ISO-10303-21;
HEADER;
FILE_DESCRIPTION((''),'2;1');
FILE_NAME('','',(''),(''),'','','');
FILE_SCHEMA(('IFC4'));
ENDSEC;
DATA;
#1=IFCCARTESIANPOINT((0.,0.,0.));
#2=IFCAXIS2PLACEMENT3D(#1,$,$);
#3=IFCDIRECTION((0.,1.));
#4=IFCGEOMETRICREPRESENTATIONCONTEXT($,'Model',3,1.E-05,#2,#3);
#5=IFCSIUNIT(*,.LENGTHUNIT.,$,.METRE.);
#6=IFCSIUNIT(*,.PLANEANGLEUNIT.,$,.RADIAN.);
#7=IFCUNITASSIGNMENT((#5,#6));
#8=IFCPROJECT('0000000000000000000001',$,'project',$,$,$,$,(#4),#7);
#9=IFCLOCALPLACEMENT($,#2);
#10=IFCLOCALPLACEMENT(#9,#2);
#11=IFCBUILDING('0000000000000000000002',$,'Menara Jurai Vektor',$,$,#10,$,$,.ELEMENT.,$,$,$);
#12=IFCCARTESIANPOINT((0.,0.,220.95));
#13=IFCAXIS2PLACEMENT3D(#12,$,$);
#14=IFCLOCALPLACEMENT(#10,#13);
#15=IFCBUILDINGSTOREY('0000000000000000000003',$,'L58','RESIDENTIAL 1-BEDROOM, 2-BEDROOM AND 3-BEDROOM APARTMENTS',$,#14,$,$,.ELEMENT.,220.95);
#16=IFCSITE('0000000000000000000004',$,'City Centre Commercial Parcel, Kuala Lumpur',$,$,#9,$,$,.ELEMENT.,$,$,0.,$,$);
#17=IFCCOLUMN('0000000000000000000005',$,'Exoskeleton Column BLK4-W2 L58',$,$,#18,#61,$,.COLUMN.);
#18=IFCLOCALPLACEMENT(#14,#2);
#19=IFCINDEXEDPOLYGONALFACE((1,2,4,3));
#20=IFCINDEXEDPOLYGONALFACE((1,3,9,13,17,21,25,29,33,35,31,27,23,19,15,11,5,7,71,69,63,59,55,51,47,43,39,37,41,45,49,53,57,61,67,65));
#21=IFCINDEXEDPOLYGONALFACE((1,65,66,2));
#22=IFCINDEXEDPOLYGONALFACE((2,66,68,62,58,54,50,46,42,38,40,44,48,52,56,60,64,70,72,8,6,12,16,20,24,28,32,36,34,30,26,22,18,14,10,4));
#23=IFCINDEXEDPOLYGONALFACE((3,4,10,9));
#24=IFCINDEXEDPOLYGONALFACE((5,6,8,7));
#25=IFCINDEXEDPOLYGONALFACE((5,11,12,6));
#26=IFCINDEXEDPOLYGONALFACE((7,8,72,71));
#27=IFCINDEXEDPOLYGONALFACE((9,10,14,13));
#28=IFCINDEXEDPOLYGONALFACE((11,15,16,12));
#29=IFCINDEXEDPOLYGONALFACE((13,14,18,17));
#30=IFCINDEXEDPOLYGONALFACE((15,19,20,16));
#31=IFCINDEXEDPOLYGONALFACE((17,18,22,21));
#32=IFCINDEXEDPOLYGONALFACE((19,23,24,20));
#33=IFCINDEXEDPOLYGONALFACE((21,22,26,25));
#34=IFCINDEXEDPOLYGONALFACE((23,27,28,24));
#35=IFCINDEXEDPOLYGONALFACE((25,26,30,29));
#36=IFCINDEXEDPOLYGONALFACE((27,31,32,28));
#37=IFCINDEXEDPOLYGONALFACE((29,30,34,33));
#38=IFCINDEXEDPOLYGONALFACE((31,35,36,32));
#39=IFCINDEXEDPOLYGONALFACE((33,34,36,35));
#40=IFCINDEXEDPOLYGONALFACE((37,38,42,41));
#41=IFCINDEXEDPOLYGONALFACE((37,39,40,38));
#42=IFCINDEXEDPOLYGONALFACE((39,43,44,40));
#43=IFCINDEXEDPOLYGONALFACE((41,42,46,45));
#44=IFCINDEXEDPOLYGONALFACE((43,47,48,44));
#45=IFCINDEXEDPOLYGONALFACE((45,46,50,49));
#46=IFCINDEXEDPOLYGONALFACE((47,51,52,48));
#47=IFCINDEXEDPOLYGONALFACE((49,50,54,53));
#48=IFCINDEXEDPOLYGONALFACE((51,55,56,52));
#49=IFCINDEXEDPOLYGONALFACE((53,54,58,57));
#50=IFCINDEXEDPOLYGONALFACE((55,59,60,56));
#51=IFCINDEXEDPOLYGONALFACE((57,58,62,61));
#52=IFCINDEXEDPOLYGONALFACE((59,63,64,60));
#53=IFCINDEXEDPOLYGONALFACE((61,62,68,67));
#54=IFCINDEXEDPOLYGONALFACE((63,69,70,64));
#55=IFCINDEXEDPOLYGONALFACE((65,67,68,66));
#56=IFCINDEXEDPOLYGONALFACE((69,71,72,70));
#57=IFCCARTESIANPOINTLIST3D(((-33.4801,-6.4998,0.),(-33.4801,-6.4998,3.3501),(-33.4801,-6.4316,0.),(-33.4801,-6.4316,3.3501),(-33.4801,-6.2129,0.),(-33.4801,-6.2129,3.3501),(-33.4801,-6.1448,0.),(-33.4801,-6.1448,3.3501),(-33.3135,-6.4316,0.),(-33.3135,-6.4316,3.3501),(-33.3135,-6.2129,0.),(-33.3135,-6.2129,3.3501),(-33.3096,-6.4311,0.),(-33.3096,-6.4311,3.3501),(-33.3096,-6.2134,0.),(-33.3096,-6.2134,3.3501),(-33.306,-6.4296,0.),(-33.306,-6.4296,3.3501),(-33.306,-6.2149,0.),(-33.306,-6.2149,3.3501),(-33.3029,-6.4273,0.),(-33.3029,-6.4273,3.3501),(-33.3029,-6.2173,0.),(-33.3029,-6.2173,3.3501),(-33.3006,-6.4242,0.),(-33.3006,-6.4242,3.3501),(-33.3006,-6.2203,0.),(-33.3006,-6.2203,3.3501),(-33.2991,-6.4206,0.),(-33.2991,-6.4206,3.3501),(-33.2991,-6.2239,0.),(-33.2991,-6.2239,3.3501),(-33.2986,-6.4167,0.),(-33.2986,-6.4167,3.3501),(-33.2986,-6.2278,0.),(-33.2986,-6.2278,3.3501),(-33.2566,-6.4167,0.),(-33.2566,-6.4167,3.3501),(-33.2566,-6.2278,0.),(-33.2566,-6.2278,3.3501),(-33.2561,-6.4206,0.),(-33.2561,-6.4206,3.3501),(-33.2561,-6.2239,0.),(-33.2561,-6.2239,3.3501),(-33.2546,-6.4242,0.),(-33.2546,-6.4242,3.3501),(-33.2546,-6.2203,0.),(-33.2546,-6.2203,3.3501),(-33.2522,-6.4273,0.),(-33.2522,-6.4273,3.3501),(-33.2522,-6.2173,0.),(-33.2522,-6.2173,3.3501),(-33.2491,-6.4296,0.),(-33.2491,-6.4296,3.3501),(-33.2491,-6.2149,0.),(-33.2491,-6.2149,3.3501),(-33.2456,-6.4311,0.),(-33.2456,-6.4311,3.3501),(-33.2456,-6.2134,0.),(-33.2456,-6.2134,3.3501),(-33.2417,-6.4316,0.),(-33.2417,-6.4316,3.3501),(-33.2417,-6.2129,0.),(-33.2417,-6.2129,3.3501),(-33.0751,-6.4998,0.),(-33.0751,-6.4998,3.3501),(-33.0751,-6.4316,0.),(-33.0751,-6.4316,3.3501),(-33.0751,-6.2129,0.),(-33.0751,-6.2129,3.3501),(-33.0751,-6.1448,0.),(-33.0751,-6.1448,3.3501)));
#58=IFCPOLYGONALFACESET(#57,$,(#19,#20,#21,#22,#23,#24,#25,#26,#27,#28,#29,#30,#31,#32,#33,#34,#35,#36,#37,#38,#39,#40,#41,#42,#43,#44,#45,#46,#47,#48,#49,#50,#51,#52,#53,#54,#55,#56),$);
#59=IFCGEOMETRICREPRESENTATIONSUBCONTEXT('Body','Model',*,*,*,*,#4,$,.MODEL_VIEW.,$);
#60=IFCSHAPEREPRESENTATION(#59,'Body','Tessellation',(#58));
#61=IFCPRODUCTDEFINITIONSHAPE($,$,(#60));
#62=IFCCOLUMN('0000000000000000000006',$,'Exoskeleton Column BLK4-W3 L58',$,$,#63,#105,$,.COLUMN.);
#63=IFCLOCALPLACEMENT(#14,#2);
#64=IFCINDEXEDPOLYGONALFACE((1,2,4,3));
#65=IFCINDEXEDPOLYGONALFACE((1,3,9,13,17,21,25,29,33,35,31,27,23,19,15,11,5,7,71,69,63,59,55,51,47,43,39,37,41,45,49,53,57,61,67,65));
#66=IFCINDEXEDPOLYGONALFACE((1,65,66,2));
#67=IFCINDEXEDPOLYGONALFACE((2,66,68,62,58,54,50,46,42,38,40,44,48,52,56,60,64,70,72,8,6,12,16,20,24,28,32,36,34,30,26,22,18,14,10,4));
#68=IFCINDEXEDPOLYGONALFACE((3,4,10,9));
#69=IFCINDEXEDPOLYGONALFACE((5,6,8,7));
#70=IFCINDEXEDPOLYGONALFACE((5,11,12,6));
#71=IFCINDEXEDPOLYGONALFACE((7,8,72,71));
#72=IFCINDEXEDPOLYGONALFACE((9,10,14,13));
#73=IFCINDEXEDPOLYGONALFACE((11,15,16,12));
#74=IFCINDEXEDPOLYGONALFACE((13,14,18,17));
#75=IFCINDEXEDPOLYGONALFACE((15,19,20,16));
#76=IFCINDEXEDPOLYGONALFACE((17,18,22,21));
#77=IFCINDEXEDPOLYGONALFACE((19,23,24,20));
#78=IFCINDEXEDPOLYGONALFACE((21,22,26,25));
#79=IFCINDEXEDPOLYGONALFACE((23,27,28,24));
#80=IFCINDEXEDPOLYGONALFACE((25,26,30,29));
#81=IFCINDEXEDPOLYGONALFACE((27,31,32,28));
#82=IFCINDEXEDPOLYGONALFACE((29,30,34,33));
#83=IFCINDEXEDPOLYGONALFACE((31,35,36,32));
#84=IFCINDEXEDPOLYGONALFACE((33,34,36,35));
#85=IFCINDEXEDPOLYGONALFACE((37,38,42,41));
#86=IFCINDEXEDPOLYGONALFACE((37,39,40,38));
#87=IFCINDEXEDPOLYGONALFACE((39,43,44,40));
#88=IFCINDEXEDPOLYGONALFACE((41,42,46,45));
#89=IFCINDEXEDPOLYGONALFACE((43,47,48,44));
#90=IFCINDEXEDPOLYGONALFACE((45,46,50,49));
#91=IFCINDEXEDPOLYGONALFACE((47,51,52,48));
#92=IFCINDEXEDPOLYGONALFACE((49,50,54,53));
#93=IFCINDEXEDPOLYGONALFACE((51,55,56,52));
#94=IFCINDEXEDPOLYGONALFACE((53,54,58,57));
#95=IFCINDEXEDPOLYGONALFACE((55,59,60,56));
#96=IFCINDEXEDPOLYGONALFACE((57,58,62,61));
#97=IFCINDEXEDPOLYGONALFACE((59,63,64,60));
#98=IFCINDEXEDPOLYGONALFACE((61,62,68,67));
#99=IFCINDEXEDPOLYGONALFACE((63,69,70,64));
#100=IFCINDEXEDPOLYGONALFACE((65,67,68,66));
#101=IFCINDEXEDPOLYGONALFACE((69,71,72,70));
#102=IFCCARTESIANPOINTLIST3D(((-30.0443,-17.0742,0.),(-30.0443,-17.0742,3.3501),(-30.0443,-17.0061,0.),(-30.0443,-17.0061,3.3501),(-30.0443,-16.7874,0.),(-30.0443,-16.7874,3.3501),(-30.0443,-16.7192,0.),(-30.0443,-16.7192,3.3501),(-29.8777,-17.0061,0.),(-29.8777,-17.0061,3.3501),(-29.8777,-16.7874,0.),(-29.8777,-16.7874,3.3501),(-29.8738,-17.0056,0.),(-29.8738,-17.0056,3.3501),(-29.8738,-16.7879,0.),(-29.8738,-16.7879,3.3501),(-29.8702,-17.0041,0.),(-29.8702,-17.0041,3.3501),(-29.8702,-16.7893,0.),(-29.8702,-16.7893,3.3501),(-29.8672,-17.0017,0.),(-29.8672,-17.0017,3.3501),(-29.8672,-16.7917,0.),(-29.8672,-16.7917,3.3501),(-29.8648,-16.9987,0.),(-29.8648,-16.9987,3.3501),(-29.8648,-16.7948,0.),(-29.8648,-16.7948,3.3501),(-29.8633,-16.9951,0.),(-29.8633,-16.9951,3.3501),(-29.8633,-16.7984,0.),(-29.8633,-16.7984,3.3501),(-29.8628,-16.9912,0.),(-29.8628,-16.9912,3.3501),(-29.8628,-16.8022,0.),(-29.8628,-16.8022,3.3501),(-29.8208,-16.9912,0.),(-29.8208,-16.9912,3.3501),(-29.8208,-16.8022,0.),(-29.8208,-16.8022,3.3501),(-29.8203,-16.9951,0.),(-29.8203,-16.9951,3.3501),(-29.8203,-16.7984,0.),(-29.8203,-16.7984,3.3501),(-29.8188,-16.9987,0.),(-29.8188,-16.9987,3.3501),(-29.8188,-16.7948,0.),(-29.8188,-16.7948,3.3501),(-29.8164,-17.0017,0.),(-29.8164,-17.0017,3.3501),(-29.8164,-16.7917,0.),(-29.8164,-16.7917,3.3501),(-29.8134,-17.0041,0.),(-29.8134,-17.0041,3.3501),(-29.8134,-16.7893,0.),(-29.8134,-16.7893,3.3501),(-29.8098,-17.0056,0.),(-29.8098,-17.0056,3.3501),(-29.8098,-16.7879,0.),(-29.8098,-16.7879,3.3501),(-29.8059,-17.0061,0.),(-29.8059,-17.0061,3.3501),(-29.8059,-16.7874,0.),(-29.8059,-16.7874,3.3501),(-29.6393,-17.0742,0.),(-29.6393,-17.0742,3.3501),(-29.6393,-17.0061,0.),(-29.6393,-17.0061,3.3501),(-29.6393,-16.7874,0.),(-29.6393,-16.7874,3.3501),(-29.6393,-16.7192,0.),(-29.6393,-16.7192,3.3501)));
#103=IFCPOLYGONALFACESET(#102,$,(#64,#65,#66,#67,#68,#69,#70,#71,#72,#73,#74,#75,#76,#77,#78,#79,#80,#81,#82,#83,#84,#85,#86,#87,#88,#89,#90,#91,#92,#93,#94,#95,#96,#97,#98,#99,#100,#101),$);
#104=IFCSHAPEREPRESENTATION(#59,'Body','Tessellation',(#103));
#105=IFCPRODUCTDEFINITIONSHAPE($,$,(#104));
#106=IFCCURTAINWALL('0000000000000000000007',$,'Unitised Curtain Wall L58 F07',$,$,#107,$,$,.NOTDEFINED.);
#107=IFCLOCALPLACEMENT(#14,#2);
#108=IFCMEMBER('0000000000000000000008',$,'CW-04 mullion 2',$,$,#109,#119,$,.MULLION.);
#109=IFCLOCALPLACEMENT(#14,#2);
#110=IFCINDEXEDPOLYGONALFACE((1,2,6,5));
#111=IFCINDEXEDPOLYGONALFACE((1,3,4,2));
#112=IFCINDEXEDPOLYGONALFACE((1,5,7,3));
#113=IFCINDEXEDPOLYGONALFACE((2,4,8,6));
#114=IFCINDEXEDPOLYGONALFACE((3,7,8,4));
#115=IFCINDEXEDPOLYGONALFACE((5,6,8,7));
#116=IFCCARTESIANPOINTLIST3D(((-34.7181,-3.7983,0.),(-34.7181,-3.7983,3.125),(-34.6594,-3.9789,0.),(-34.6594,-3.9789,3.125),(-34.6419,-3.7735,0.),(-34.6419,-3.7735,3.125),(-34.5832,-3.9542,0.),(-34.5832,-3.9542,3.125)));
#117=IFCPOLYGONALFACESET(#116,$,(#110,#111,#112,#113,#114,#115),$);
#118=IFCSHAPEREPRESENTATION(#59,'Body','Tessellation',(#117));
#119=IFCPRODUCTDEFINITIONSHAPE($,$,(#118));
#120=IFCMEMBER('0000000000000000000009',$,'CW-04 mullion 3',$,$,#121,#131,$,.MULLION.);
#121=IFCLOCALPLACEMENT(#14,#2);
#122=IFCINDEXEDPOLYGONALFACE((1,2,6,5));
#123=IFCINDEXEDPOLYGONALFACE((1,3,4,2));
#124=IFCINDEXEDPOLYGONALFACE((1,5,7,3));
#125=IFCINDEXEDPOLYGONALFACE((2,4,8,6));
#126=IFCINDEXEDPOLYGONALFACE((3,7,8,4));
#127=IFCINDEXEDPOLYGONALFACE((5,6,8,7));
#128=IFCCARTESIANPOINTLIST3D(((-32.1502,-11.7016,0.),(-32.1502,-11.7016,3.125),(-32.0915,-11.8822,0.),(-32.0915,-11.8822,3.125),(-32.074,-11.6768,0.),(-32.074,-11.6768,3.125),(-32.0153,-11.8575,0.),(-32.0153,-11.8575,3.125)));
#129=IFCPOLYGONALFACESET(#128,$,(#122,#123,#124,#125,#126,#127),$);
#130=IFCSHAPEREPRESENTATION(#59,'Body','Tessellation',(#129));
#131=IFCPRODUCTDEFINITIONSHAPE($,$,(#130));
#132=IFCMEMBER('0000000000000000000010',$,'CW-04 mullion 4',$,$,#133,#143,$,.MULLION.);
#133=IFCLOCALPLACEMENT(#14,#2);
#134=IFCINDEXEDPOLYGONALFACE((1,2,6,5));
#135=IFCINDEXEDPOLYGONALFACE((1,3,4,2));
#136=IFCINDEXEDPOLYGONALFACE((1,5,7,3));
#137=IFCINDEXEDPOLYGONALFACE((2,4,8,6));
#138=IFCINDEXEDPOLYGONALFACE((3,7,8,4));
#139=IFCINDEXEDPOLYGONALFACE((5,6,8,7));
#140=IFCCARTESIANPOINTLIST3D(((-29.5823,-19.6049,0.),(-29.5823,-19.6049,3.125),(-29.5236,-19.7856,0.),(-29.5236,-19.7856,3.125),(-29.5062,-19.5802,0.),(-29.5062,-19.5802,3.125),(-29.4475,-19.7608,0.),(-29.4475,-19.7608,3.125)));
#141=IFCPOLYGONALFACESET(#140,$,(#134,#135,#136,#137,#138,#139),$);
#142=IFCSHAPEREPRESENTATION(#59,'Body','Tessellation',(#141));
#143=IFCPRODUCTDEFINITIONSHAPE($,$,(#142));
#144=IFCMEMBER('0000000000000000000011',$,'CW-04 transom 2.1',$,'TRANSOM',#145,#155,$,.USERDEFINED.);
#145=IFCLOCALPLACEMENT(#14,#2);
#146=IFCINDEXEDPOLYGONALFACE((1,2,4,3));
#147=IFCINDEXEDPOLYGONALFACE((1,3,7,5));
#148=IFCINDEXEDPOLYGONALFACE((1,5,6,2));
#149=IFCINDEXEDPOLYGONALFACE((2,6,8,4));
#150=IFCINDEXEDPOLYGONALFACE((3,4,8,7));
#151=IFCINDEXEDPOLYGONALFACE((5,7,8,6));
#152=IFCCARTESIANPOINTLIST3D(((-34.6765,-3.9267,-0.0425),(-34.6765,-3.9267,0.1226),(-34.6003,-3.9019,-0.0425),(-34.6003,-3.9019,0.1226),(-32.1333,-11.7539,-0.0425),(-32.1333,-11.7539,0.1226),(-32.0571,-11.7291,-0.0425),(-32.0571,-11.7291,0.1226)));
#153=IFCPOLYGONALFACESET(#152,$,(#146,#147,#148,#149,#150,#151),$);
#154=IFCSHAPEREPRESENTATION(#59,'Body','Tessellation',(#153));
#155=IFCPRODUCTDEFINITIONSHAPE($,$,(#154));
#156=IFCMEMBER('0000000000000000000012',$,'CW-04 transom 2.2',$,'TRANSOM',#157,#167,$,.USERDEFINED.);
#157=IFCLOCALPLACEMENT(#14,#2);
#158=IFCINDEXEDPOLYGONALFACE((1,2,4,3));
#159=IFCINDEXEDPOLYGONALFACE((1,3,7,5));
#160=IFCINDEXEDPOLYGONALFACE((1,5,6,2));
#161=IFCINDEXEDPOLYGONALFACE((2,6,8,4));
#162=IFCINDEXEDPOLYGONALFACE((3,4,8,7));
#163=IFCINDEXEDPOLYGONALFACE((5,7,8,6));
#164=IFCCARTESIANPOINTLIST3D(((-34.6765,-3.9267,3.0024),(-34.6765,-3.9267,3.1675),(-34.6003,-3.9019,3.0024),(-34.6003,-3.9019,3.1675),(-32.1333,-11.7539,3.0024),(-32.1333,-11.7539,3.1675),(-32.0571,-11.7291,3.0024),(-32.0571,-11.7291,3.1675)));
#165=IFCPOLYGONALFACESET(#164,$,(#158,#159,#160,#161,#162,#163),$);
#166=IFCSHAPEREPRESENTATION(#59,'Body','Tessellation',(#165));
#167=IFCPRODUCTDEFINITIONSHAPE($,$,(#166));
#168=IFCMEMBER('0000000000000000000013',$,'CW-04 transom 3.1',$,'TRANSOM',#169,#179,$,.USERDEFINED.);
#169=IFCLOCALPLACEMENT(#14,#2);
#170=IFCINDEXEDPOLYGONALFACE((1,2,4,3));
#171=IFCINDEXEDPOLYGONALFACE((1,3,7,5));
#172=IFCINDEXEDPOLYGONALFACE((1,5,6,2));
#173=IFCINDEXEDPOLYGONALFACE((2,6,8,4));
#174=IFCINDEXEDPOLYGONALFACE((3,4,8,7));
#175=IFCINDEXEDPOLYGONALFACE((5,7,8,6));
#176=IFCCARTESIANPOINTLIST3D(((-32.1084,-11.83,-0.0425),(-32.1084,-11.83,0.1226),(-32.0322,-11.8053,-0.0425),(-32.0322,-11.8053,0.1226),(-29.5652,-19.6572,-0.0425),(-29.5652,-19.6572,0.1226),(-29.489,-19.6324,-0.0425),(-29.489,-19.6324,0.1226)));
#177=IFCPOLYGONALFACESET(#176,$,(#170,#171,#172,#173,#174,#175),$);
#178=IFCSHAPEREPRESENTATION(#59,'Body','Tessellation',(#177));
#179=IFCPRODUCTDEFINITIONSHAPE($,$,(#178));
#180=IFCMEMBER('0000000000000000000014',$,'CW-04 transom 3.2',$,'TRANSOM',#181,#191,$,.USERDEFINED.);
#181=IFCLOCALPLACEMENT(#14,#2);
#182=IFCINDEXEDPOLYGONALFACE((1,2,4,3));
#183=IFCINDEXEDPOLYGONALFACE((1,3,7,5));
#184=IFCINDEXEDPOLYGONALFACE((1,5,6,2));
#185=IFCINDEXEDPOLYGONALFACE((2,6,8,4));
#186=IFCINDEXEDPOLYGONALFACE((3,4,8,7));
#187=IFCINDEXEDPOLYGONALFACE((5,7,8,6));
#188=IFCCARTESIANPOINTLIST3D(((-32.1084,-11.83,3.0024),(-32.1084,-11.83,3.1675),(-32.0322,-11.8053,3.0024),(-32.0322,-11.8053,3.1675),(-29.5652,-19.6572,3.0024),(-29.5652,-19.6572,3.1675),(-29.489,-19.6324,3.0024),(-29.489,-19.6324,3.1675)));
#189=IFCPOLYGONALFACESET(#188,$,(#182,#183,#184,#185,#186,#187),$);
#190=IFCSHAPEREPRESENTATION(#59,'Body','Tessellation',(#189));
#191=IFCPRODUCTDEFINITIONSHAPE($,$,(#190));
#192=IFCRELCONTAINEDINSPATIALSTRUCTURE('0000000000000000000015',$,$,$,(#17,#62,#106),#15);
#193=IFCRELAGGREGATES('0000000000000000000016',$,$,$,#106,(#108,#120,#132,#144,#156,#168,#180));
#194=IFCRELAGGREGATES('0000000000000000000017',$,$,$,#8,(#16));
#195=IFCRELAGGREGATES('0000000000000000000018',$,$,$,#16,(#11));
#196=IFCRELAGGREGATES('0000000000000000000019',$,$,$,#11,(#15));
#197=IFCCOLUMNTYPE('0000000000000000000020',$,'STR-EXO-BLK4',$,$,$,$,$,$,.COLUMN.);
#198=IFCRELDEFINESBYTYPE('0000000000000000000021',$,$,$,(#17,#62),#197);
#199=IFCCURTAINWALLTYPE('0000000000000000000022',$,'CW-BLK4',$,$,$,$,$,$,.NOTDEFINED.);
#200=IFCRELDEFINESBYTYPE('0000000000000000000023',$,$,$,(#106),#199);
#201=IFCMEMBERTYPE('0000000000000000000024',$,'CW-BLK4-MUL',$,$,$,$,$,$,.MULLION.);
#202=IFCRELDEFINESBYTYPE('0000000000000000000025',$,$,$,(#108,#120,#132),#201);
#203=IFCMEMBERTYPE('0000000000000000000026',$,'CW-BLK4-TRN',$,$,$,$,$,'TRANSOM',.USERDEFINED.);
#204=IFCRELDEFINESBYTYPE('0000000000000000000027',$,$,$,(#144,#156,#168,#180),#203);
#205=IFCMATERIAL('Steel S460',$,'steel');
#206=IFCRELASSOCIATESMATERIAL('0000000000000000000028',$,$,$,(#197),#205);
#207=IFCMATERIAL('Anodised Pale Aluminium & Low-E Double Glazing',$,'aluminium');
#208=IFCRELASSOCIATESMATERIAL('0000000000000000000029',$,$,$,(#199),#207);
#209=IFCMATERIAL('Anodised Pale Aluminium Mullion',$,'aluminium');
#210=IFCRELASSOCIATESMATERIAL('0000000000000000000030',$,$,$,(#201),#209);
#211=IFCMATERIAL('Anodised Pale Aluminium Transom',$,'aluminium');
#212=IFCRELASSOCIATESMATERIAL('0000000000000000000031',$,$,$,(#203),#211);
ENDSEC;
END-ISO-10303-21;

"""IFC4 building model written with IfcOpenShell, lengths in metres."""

from ifc_helpers import new_model, si_unit, direction, frame, origin, origin_2d, place, context, subcontext, project, spatial, rectangle, i_section, extrude, material, material_profile, profile_set, type_object, element, aggregate, save


model = new_model("IFC4")

# Units and contexts
model_context = context("Model", 3, precision=1e-05, world=origin(), true_north=direction((0.0, 1.0)))
body_context = subcontext(model_context, "Body", "Model", "MODEL_VIEW")
ifc_project = project(units=[si_unit("LENGTHUNIT", "METRE"), si_unit("PLANEANGLEUNIT", "RADIAN")], contexts=[model_context])

# Site, building, storey
site_placement = place(None, origin())
site = spatial("IfcSite", under=ifc_project, at=site_placement, Name="City Centre Commercial Parcel, Kuala Lumpur", CompositionType="ELEMENT", RefElevation=0.0)
building_placement = place(site_placement, origin())
building = spatial("IfcBuilding", under=site, at=building_placement, Name="Menara Jurai Vektor", CompositionType="ELEMENT")
storey_placement = place(building_placement, frame((0.0, 0.0, 220.95)))
storey = spatial("IfcBuildingStorey", under=building, at=storey_placement, Name="L58", Description="RESIDENTIAL 1-BEDROOM, 2-BEDROOM AND 3-BEDROOM APARTMENTS", CompositionType="ELEMENT", Elevation=220.95)

# Columns
ifc_material_1 = material(Name="Steel S460", Category="steel")
ifc_material_profile_1 = material_profile(ifc_material_1, i_section(OverallWidth=0.405, OverallDepth=0.355, WebThickness=0.042, FlangeThickness=0.0681, FilletRadius=0.0149, at=origin_2d()), Name="HD 400x551")
ifc_profile_set_1 = profile_set([ifc_material_profile_1], Name="Steel S460")
column_type = type_object("IfcColumnType", Name="STR-EXO-BLK4", PredefinedType="COLUMN", material=ifc_profile_set_1)
for number, where, z_axis, x_axis, name in (
    (1, (-33.2776, -6.3223, 0.0), (0.0, 0.0, 1.0), (1.0, 0.0, 0.0), "Exoskeleton Column BLK4-W2 L58"),
    (2, (-29.8418, -16.8967, 0.0), (0.0, 0.0, 1.0), (1.0, 0.0, 0.0), "Exoskeleton Column BLK4-W3 L58"),
):
    element("IfcColumn", number, at=place(storey_placement, frame(where, z_axis=z_axis, x_axis=x_axis)), inside=storey, type_object=column_type, Name=name, PredefinedType="COLUMN", context=body_context, shape_type="SweptSolid", body=[
        extrude(i_section(OverallWidth=0.405, OverallDepth=0.355, WebThickness=0.042, FlangeThickness=0.0681, FilletRadius=0.0149, at=origin_2d()), origin(), (0.0, 0.0, 1.0), 3.3501),
    ])

# Curtain wall, members
ifc_material_2 = material(Name="Anodised Pale Aluminium & Low-E Double Glazing", Category="aluminium")
curtain_wall_type = type_object("IfcCurtainWallType", Name="CW-BLK4", PredefinedType="NOTDEFINED", material=ifc_material_2)
curtain_wall_placement = place(storey_placement, origin())
curtain_wall = element("IfcCurtainWall", 3, at=curtain_wall_placement, inside=storey, type_object=curtain_wall_type, Name="Unitised Curtain Wall L58 F07", PredefinedType="NOTDEFINED")
ifc_material_3 = material(Name="Anodised Pale Aluminium Mullion", Category="aluminium")
ifc_material_profile_2 = material_profile(ifc_material_3, rectangle(XDim=0.0801, YDim=0.1899, at=origin_2d()), Name="ALU MUL 80x190")
ifc_profile_set_2 = profile_set([ifc_material_profile_2], Name="Anodised Pale Aluminium Mullion")
member_type_1 = type_object("IfcMemberType", Name="CW-BLK4-MUL", PredefinedType="MULLION", material=ifc_profile_set_2)
member_1_placement = place(storey_placement, frame((-34.6506, -3.8762, 0.0), z_axis=(0.0, 0.0, 1.0), x_axis=(0.951057, 0.309016, 0.0)))
member_1 = element("IfcMember", 4, at=member_1_placement, type_object=member_type_1, Name="CW-04 mullion 2", PredefinedType="MULLION", context=body_context, shape_type="SweptSolid", body=[
    extrude(rectangle(XDim=0.0801, YDim=0.1899, at=origin_2d()), origin(), (0.0, 0.0, 1.0), 3.125),
])
member_2_placement = place(storey_placement, frame((-32.0828, -11.7795, 0.0), z_axis=(0.0, 0.0, 1.0), x_axis=(0.951057, 0.309016, 0.0)))
member_2 = element("IfcMember", 5, at=member_2_placement, type_object=member_type_1, Name="CW-04 mullion 3", PredefinedType="MULLION", context=body_context, shape_type="SweptSolid", body=[
    extrude(rectangle(XDim=0.0801, YDim=0.1899, at=origin_2d()), origin(), (0.0, 0.0, 1.0), 3.125),
])
member_3_placement = place(storey_placement, frame((-29.5149, -19.6829, 0.0), z_axis=(0.0, 0.0, 1.0), x_axis=(0.951057, 0.309016, 0.0)))
member_3 = element("IfcMember", 6, at=member_3_placement, type_object=member_type_1, Name="CW-04 mullion 4", PredefinedType="MULLION", context=body_context, shape_type="SweptSolid", body=[
    extrude(rectangle(XDim=0.0801, YDim=0.1899, at=origin_2d()), origin(), (0.0, 0.0, 1.0), 3.125),
])
ifc_material_4 = material(Name="Anodised Pale Aluminium Transom", Category="aluminium")
ifc_material_profile_3 = material_profile(ifc_material_4, rectangle(XDim=0.0801, YDim=0.165, at=origin_2d()), Name="ALU TRN 80x165")
ifc_profile_set_3 = profile_set([ifc_material_profile_3], Name="Anodised Pale Aluminium Transom")
member_type_2 = type_object("IfcMemberType", Name="CW-BLK4-TRN", ElementType="TRANSOM", PredefinedType="USERDEFINED", material=ifc_profile_set_3)
member_4_placement = place(storey_placement, frame((-34.6384, -3.9143, 0.04), z_axis=(0.309019, -0.951056, 0.0), x_axis=(0.951056, 0.309019, 0.0)))
member_4 = element("IfcMember", 7, at=member_4_placement, type_object=member_type_2, Name="CW-04 transom 2.1", ObjectType="TRANSOM", PredefinedType="USERDEFINED", context=body_context, shape_type="SweptSolid", body=[
    extrude(rectangle(XDim=0.0801, YDim=0.165, at=origin_2d()), origin(), (0.0, 0.0, 1.0), 8.23),
])
member_5_placement = place(storey_placement, frame((-34.6384, -3.9143, 3.085), z_axis=(0.309019, -0.951056, 0.0), x_axis=(0.951056, 0.309019, 0.0)))
member_5 = element("IfcMember", 8, at=member_5_placement, type_object=member_type_2, Name="CW-04 transom 2.2", ObjectType="TRANSOM", PredefinedType="USERDEFINED", context=body_context, shape_type="SweptSolid", body=[
    extrude(rectangle(XDim=0.0801, YDim=0.165, at=origin_2d()), origin(), (0.0, 0.0, 1.0), 8.23),
])
member_6_placement = place(storey_placement, frame((-32.0703, -11.8176, 0.04), z_axis=(0.309019, -0.951056, 0.0), x_axis=(0.951056, 0.309019, 0.0)))
member_6 = element("IfcMember", 9, at=member_6_placement, type_object=member_type_2, Name="CW-04 transom 3.1", ObjectType="TRANSOM", PredefinedType="USERDEFINED", context=body_context, shape_type="SweptSolid", body=[
    extrude(rectangle(XDim=0.0801, YDim=0.165, at=origin_2d()), origin(), (0.0, 0.0, 1.0), 8.23),
])
member_7_placement = place(storey_placement, frame((-32.0703, -11.8176, 3.085), z_axis=(0.309019, -0.951056, 0.0), x_axis=(0.951056, 0.309019, 0.0)))
member_7 = element("IfcMember", 10, at=member_7_placement, type_object=member_type_2, Name="CW-04 transom 3.2", ObjectType="TRANSOM", PredefinedType="USERDEFINED", context=body_context, shape_type="SweptSolid", body=[
    extrude(rectangle(XDim=0.0801, YDim=0.165, at=origin_2d()), origin(), (0.0, 0.0, 1.0), 8.23),
])

aggregate(curtain_wall, [member_1, member_2, member_3, member_4, member_5, member_6, member_7])

save(model, "model.ifc")
